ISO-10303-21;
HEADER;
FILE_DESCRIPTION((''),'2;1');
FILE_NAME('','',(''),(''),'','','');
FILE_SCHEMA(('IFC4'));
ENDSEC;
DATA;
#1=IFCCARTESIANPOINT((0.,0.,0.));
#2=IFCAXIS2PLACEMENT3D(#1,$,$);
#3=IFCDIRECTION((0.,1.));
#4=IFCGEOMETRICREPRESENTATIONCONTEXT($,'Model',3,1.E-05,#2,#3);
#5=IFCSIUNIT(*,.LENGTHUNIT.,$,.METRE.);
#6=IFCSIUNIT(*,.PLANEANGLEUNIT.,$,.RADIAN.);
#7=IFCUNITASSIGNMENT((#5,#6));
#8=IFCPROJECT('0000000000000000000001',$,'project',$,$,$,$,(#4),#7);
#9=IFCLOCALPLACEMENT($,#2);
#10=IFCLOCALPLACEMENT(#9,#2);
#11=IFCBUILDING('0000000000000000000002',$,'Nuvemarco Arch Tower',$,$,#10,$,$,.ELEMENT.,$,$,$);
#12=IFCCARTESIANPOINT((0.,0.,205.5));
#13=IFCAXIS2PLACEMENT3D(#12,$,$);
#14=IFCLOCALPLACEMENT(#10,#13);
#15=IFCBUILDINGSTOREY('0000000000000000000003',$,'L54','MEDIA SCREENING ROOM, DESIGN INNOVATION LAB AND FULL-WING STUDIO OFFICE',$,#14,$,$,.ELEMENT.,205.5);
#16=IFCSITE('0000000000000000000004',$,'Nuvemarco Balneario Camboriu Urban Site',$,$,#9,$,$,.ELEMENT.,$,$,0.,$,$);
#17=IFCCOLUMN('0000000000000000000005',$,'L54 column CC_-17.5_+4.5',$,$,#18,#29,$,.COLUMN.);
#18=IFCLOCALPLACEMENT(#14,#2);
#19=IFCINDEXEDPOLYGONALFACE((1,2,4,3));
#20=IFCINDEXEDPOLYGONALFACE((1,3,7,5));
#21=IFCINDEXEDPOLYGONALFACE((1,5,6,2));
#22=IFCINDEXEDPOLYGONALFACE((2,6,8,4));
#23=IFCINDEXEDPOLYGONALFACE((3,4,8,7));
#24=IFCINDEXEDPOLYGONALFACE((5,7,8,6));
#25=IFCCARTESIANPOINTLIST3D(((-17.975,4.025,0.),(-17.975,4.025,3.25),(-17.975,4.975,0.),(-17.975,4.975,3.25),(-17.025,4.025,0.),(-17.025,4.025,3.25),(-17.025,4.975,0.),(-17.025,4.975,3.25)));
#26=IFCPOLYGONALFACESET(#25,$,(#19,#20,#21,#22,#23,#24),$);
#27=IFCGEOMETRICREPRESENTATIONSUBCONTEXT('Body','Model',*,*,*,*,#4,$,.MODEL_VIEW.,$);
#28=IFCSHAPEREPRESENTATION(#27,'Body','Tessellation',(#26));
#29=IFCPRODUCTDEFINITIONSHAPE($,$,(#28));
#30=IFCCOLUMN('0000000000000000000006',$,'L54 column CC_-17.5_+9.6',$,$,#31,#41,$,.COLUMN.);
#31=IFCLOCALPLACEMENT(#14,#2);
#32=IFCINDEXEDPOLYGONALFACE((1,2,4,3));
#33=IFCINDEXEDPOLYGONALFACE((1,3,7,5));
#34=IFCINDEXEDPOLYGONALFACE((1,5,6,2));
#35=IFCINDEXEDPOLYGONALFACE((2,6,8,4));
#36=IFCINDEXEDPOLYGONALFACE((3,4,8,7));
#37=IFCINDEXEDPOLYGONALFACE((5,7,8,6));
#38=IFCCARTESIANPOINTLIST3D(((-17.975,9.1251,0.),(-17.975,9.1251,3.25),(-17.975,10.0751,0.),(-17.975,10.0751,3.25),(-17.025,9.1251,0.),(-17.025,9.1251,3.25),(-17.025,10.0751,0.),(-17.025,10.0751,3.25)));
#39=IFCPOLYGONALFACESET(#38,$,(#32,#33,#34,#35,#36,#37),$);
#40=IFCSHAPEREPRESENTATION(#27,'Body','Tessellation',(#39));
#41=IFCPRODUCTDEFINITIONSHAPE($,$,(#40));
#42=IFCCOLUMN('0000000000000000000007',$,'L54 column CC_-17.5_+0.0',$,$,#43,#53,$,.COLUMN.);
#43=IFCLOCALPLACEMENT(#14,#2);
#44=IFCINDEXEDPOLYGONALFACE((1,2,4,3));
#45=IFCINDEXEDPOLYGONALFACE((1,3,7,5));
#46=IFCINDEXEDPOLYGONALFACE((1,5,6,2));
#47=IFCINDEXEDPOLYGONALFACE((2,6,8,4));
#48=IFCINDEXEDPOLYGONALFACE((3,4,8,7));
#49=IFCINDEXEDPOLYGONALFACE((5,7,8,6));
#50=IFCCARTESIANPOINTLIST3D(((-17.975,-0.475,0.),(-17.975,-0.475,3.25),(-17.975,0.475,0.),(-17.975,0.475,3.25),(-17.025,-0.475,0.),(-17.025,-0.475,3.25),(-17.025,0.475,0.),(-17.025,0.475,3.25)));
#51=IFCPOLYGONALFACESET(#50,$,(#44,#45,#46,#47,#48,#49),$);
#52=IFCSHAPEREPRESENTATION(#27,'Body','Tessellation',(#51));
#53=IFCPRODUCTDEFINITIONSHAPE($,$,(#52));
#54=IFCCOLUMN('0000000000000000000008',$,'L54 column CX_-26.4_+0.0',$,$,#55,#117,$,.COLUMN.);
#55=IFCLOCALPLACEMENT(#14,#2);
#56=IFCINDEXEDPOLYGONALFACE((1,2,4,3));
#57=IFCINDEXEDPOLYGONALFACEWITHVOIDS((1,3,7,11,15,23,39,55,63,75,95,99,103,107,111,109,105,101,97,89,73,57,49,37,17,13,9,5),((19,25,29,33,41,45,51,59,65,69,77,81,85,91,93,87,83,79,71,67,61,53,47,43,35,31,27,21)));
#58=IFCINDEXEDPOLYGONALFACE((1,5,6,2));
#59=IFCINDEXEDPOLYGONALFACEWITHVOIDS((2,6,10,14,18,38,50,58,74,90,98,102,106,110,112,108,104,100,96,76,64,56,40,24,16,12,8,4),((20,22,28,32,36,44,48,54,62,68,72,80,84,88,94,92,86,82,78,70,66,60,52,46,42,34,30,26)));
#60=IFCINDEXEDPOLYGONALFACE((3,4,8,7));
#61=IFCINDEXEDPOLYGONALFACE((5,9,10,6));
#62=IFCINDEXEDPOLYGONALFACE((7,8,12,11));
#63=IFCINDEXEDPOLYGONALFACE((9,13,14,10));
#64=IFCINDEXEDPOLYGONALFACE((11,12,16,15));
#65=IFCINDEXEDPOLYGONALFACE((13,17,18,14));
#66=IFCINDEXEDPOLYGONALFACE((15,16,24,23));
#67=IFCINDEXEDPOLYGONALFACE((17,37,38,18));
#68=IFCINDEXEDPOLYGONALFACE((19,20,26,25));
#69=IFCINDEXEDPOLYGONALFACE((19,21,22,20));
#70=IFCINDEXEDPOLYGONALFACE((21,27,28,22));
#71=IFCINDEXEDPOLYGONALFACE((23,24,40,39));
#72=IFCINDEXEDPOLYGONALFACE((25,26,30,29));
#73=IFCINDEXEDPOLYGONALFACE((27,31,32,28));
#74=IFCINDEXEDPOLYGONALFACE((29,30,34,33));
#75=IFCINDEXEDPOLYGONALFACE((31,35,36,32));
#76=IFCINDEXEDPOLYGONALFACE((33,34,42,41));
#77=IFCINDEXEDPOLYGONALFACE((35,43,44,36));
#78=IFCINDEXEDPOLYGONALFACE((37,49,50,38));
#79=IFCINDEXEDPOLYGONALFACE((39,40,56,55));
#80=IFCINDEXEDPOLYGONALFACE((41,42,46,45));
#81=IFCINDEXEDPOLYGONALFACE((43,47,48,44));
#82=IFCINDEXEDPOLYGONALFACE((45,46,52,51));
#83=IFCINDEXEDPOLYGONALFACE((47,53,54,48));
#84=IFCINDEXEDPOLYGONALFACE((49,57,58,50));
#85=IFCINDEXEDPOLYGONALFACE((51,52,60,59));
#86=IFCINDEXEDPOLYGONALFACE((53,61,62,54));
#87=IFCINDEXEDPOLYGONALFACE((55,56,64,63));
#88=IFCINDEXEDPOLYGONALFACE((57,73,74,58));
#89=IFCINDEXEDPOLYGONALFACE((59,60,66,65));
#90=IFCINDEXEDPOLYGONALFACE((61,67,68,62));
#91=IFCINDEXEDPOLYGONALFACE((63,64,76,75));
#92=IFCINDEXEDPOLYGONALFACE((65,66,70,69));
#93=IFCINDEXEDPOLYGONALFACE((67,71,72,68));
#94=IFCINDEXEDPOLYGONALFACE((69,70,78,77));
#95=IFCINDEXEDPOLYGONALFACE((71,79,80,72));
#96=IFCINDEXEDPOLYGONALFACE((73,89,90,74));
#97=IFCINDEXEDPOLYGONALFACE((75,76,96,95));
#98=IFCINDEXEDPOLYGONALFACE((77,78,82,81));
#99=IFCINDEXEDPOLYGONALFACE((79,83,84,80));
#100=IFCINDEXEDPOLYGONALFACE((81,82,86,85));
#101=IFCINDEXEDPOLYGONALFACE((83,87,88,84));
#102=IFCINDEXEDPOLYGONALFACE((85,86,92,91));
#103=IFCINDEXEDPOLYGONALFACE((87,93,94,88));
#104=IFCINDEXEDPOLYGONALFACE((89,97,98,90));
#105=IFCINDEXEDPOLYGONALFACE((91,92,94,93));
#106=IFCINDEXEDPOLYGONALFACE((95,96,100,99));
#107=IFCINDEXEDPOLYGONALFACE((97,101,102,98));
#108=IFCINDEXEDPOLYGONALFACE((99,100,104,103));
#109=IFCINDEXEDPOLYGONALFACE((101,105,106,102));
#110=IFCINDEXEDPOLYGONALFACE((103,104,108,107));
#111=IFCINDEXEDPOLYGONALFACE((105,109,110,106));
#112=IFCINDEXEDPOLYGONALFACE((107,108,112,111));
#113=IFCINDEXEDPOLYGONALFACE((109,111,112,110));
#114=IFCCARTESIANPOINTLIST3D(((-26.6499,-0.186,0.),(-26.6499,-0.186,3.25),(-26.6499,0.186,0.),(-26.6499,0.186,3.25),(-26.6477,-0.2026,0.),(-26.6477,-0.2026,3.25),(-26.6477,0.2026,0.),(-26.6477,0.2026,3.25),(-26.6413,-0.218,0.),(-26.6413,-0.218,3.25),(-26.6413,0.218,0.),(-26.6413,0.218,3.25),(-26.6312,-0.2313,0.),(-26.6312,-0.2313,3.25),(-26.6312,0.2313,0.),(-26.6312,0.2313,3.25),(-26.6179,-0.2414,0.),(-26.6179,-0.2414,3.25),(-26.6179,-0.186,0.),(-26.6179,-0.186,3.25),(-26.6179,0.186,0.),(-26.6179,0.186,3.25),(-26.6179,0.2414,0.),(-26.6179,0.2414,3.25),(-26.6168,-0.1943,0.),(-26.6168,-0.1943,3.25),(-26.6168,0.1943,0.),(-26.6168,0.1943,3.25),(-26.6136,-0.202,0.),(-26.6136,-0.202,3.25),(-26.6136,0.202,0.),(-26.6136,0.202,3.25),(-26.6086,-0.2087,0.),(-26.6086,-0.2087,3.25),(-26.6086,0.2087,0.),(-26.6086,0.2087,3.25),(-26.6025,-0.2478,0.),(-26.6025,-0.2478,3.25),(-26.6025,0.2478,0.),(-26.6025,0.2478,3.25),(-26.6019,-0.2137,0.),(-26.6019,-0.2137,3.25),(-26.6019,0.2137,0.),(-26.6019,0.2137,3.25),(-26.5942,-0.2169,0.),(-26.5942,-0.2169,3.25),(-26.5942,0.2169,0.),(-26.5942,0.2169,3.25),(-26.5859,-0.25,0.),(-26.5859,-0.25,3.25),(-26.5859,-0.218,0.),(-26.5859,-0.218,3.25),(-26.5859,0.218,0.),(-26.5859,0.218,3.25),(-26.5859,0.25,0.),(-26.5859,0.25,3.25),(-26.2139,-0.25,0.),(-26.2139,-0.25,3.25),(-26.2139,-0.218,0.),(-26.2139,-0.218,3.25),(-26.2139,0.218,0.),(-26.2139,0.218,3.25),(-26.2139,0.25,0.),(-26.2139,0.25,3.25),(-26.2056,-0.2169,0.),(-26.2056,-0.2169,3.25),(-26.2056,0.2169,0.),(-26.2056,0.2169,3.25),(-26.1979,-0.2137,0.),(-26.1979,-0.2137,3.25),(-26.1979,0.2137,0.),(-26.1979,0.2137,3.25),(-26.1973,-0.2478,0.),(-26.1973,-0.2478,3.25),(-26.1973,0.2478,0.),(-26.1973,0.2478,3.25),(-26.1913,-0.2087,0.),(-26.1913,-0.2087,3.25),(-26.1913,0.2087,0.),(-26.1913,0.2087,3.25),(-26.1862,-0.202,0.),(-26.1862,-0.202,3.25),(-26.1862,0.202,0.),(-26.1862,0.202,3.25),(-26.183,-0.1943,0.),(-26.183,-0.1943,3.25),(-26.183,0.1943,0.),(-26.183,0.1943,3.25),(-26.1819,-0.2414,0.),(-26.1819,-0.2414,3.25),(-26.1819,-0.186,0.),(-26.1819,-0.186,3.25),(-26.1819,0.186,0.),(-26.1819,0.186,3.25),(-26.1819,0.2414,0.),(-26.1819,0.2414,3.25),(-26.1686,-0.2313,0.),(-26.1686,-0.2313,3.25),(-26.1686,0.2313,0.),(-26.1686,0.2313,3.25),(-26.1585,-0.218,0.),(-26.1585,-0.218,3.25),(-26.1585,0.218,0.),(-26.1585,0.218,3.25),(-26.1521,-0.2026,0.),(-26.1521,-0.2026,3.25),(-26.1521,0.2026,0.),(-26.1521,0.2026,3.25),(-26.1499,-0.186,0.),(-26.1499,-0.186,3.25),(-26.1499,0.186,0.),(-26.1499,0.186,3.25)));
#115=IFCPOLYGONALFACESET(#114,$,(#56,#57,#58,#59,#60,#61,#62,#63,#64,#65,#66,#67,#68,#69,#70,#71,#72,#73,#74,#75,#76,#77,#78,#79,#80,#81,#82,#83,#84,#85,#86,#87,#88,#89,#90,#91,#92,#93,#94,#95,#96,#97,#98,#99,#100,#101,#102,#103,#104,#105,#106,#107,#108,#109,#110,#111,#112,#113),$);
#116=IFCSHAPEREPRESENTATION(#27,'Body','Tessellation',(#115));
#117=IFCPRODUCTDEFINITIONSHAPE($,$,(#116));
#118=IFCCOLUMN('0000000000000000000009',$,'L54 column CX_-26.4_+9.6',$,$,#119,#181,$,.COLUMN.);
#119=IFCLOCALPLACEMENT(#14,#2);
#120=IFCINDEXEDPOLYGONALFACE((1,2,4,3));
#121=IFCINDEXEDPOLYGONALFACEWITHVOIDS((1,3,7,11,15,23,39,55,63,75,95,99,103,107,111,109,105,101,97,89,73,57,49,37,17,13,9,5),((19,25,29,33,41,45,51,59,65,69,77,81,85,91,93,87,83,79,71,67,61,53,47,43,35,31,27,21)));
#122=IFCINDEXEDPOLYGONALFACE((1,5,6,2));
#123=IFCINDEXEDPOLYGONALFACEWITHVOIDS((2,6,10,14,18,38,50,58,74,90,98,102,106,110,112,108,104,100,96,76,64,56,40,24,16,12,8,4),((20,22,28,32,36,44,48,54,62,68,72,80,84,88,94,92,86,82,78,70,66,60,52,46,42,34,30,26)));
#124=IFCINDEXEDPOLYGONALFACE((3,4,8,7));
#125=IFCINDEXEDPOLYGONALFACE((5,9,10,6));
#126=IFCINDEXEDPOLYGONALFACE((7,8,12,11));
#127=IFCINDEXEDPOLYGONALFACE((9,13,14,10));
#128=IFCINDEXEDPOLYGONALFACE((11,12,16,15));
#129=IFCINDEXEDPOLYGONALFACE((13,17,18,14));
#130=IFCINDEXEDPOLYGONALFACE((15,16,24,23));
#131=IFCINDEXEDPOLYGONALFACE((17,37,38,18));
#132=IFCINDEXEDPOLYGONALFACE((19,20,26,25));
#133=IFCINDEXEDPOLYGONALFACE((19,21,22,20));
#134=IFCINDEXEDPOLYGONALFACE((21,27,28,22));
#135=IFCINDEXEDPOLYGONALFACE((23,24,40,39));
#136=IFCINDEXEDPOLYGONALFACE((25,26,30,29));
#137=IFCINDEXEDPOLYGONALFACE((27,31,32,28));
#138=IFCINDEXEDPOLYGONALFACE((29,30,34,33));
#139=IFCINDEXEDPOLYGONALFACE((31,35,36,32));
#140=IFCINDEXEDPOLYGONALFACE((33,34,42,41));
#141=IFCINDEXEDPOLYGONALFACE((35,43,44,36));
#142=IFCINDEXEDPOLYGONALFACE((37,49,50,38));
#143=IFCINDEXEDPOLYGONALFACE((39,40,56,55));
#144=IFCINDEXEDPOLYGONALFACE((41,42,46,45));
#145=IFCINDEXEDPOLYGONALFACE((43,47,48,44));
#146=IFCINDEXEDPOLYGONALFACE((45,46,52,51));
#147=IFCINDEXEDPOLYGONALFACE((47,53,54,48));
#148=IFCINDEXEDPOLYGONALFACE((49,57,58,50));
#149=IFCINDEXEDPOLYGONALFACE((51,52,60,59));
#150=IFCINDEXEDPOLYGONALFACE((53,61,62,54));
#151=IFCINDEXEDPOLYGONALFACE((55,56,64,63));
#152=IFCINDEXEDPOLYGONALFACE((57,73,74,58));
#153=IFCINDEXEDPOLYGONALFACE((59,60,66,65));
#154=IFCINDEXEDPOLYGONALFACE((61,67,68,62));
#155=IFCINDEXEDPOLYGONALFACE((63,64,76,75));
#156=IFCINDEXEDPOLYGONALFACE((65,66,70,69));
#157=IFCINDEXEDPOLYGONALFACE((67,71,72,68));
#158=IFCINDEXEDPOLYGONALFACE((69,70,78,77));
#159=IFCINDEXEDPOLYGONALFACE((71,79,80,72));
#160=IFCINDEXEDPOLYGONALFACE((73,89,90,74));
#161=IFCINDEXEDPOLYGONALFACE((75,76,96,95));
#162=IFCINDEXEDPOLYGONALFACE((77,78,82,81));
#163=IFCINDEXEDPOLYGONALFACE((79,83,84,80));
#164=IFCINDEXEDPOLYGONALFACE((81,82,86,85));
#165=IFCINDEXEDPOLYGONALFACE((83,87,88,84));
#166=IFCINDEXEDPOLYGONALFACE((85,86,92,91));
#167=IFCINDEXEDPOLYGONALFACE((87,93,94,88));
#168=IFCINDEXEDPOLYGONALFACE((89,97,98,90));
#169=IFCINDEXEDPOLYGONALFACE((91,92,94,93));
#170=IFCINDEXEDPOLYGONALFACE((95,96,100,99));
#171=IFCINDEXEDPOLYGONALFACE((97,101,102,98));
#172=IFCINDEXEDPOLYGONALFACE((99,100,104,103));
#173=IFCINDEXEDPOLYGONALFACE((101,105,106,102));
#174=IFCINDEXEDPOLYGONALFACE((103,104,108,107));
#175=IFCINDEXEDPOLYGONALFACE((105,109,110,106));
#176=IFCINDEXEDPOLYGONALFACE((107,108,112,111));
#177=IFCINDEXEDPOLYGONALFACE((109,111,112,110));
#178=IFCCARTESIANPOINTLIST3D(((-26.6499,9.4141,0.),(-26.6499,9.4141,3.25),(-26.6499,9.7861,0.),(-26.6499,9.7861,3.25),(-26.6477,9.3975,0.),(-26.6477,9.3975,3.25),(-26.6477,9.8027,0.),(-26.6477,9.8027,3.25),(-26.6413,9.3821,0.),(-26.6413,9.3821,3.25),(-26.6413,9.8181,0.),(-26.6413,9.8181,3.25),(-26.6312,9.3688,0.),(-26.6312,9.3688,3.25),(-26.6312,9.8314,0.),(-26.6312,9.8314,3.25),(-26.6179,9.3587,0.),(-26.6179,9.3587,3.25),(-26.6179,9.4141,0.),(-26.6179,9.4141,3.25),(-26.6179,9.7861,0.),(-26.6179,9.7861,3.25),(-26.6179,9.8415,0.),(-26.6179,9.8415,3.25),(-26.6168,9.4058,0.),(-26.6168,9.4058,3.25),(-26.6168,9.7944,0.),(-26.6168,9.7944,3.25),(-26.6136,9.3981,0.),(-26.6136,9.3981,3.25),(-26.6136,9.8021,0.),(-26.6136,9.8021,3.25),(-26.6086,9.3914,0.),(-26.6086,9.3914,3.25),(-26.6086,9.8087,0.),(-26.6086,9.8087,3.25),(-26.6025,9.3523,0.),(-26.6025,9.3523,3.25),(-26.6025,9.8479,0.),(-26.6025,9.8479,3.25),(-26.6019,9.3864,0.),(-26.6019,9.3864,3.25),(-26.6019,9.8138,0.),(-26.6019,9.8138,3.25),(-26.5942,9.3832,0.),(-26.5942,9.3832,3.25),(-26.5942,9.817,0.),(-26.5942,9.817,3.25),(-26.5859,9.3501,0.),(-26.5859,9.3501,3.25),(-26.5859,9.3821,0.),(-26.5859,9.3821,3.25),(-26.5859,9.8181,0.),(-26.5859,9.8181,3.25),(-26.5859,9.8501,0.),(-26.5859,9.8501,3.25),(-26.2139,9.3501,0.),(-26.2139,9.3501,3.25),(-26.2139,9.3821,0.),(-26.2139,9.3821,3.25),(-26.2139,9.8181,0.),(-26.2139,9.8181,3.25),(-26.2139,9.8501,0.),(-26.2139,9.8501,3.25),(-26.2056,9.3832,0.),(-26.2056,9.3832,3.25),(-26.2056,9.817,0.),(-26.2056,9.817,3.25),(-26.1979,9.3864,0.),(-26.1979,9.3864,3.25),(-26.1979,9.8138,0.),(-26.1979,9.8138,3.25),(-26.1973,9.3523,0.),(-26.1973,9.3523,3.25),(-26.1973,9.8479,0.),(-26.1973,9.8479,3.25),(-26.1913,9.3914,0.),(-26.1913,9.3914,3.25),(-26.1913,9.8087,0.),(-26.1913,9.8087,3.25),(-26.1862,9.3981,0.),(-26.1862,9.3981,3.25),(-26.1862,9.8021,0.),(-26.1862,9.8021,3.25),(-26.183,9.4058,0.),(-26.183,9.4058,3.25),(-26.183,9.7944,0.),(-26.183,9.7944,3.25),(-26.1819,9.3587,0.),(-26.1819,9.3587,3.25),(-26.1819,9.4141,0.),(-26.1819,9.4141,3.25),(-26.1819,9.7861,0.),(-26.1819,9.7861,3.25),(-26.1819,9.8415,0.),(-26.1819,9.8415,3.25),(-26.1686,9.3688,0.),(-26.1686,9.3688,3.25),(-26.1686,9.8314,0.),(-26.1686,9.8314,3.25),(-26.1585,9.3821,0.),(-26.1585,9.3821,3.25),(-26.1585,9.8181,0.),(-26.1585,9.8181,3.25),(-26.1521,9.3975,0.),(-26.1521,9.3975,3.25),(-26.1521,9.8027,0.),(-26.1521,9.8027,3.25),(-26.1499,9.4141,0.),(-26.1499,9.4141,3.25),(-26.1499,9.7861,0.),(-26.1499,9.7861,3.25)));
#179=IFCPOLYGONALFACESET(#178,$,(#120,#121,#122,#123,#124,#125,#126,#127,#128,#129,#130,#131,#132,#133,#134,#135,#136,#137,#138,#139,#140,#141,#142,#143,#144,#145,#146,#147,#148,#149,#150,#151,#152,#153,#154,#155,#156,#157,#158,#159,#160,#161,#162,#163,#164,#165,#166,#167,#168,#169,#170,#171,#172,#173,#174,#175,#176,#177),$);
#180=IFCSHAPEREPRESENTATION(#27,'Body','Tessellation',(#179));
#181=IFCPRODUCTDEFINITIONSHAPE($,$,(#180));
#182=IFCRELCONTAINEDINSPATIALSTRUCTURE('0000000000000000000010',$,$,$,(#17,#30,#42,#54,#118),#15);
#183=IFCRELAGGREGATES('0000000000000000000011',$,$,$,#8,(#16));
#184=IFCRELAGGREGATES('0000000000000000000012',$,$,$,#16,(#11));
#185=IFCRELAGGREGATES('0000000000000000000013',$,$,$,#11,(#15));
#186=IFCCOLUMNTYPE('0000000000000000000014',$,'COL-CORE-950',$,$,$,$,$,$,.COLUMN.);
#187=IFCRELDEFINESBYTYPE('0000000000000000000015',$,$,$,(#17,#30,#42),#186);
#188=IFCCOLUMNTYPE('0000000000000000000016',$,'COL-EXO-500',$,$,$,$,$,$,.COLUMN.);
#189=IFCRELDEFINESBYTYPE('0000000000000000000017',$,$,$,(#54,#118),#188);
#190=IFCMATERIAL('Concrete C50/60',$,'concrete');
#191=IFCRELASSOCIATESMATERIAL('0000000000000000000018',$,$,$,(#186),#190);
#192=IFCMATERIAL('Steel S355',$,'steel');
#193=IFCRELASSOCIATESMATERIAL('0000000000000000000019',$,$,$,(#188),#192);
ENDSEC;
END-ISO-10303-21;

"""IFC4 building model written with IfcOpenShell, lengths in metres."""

from ifc_helpers import new_model, si_unit, direction, frame, origin, origin_2d, place, context, subcontext, project, spatial, rectangle, hollow_rectangle, extrude, material, material_profile, profile_set, type_object, element, save


model = new_model("IFC4")

# Units and contexts
model_context = context("Model", 3, precision=1e-05, world=origin(), true_north=direction((0.0, 1.0)))
body_context = subcontext(model_context, "Body", "Model", "MODEL_VIEW")
ifc_project = project(units=[si_unit("LENGTHUNIT", "METRE"), si_unit("PLANEANGLEUNIT", "RADIAN")], contexts=[model_context])

# Site, building, storey
site_placement = place(None, origin())
site = spatial("IfcSite", under=ifc_project, at=site_placement, Name="Nuvemarco Balneario Camboriu Urban Site", CompositionType="ELEMENT", RefElevation=0.0)
building_placement = place(site_placement, origin())
building = spatial("IfcBuilding", under=site, at=building_placement, Name="Nuvemarco Arch Tower", CompositionType="ELEMENT")
storey_placement = place(building_placement, frame((0.0, 0.0, 205.5)))
storey = spatial("IfcBuildingStorey", under=building, at=storey_placement, Name="L54", Description="MEDIA SCREENING ROOM, DESIGN INNOVATION LAB AND FULL-WING STUDIO OFFICE", CompositionType="ELEMENT", Elevation=205.5)

# Columns
ifc_material_1 = material(Name="Concrete C50/60", Category="concrete")
ifc_material_profile_1 = material_profile(ifc_material_1, rectangle(XDim=0.95, YDim=0.95, at=origin_2d()), Name="RC-COL-950x950")
ifc_profile_set_1 = profile_set([ifc_material_profile_1], Name="Concrete C50/60")
column_type_1 = type_object("IfcColumnType", Name="COL-CORE-950", PredefinedType="COLUMN", material=ifc_profile_set_1)
for number, where, z_axis, x_axis, name in (
    (1, (-17.5, 4.5, 0.0), (0.0, 0.0, 1.0), (1.0, 0.0, 0.0), "L54 column CC_-17.5_+4.5"),
    (2, (-17.5, 9.6001, 0.0), (0.0, 0.0, 1.0), (1.0, 0.0, 0.0), "L54 column CC_-17.5_+9.6"),
    (3, (-17.5, 0.0, 0.0), (0.0, 0.0, 1.0), (1.0, 0.0, 0.0), "L54 column CC_-17.5_+0.0"),
):
    element("IfcColumn", number, at=place(storey_placement, frame(where, z_axis=z_axis, x_axis=x_axis)), inside=storey, type_object=column_type_1, Name=name, PredefinedType="COLUMN", context=body_context, shape_type="SweptSolid", body=[
        extrude(rectangle(XDim=0.95, YDim=0.95, at=origin_2d()), origin(), (0.0, 0.0, 1.0), 3.25),
    ])
ifc_material_2 = material(Name="Steel S355", Category="steel")
ifc_material_profile_2 = material_profile(ifc_material_2, hollow_rectangle(XDim=0.5, YDim=0.5, WallThickness=0.032, InnerFilletRadius=0.032, OuterFilletRadius=0.064, at=origin_2d()), Name="SHS500x500x32")
ifc_profile_set_2 = profile_set([ifc_material_profile_2], Name="Steel S355")
column_type_2 = type_object("IfcColumnType", Name="COL-EXO-500", PredefinedType="COLUMN", material=ifc_profile_set_2)
for number, where, z_axis, x_axis, name in (
    (4, (-26.3999, 0.0, 0.0), (0.0, 0.0, 1.0), (1.0, 0.0, 0.0), "L54 column CX_-26.4_+0.0"),
    (5, (-26.3999, 9.6001, 0.0), (0.0, 0.0, 1.0), (1.0, 0.0, 0.0), "L54 column CX_-26.4_+9.6"),
):
    element("IfcColumn", number, at=place(storey_placement, frame(where, z_axis=z_axis, x_axis=x_axis)), inside=storey, type_object=column_type_2, Name=name, PredefinedType="COLUMN", context=body_context, shape_type="SweptSolid", body=[
        extrude(hollow_rectangle(XDim=0.5, YDim=0.5, WallThickness=0.032, InnerFilletRadius=0.032, OuterFilletRadius=0.064, at=origin_2d()), origin(), (0.0, 0.0, 1.0), 3.25),
    ])

save(model, "model.ifc")
